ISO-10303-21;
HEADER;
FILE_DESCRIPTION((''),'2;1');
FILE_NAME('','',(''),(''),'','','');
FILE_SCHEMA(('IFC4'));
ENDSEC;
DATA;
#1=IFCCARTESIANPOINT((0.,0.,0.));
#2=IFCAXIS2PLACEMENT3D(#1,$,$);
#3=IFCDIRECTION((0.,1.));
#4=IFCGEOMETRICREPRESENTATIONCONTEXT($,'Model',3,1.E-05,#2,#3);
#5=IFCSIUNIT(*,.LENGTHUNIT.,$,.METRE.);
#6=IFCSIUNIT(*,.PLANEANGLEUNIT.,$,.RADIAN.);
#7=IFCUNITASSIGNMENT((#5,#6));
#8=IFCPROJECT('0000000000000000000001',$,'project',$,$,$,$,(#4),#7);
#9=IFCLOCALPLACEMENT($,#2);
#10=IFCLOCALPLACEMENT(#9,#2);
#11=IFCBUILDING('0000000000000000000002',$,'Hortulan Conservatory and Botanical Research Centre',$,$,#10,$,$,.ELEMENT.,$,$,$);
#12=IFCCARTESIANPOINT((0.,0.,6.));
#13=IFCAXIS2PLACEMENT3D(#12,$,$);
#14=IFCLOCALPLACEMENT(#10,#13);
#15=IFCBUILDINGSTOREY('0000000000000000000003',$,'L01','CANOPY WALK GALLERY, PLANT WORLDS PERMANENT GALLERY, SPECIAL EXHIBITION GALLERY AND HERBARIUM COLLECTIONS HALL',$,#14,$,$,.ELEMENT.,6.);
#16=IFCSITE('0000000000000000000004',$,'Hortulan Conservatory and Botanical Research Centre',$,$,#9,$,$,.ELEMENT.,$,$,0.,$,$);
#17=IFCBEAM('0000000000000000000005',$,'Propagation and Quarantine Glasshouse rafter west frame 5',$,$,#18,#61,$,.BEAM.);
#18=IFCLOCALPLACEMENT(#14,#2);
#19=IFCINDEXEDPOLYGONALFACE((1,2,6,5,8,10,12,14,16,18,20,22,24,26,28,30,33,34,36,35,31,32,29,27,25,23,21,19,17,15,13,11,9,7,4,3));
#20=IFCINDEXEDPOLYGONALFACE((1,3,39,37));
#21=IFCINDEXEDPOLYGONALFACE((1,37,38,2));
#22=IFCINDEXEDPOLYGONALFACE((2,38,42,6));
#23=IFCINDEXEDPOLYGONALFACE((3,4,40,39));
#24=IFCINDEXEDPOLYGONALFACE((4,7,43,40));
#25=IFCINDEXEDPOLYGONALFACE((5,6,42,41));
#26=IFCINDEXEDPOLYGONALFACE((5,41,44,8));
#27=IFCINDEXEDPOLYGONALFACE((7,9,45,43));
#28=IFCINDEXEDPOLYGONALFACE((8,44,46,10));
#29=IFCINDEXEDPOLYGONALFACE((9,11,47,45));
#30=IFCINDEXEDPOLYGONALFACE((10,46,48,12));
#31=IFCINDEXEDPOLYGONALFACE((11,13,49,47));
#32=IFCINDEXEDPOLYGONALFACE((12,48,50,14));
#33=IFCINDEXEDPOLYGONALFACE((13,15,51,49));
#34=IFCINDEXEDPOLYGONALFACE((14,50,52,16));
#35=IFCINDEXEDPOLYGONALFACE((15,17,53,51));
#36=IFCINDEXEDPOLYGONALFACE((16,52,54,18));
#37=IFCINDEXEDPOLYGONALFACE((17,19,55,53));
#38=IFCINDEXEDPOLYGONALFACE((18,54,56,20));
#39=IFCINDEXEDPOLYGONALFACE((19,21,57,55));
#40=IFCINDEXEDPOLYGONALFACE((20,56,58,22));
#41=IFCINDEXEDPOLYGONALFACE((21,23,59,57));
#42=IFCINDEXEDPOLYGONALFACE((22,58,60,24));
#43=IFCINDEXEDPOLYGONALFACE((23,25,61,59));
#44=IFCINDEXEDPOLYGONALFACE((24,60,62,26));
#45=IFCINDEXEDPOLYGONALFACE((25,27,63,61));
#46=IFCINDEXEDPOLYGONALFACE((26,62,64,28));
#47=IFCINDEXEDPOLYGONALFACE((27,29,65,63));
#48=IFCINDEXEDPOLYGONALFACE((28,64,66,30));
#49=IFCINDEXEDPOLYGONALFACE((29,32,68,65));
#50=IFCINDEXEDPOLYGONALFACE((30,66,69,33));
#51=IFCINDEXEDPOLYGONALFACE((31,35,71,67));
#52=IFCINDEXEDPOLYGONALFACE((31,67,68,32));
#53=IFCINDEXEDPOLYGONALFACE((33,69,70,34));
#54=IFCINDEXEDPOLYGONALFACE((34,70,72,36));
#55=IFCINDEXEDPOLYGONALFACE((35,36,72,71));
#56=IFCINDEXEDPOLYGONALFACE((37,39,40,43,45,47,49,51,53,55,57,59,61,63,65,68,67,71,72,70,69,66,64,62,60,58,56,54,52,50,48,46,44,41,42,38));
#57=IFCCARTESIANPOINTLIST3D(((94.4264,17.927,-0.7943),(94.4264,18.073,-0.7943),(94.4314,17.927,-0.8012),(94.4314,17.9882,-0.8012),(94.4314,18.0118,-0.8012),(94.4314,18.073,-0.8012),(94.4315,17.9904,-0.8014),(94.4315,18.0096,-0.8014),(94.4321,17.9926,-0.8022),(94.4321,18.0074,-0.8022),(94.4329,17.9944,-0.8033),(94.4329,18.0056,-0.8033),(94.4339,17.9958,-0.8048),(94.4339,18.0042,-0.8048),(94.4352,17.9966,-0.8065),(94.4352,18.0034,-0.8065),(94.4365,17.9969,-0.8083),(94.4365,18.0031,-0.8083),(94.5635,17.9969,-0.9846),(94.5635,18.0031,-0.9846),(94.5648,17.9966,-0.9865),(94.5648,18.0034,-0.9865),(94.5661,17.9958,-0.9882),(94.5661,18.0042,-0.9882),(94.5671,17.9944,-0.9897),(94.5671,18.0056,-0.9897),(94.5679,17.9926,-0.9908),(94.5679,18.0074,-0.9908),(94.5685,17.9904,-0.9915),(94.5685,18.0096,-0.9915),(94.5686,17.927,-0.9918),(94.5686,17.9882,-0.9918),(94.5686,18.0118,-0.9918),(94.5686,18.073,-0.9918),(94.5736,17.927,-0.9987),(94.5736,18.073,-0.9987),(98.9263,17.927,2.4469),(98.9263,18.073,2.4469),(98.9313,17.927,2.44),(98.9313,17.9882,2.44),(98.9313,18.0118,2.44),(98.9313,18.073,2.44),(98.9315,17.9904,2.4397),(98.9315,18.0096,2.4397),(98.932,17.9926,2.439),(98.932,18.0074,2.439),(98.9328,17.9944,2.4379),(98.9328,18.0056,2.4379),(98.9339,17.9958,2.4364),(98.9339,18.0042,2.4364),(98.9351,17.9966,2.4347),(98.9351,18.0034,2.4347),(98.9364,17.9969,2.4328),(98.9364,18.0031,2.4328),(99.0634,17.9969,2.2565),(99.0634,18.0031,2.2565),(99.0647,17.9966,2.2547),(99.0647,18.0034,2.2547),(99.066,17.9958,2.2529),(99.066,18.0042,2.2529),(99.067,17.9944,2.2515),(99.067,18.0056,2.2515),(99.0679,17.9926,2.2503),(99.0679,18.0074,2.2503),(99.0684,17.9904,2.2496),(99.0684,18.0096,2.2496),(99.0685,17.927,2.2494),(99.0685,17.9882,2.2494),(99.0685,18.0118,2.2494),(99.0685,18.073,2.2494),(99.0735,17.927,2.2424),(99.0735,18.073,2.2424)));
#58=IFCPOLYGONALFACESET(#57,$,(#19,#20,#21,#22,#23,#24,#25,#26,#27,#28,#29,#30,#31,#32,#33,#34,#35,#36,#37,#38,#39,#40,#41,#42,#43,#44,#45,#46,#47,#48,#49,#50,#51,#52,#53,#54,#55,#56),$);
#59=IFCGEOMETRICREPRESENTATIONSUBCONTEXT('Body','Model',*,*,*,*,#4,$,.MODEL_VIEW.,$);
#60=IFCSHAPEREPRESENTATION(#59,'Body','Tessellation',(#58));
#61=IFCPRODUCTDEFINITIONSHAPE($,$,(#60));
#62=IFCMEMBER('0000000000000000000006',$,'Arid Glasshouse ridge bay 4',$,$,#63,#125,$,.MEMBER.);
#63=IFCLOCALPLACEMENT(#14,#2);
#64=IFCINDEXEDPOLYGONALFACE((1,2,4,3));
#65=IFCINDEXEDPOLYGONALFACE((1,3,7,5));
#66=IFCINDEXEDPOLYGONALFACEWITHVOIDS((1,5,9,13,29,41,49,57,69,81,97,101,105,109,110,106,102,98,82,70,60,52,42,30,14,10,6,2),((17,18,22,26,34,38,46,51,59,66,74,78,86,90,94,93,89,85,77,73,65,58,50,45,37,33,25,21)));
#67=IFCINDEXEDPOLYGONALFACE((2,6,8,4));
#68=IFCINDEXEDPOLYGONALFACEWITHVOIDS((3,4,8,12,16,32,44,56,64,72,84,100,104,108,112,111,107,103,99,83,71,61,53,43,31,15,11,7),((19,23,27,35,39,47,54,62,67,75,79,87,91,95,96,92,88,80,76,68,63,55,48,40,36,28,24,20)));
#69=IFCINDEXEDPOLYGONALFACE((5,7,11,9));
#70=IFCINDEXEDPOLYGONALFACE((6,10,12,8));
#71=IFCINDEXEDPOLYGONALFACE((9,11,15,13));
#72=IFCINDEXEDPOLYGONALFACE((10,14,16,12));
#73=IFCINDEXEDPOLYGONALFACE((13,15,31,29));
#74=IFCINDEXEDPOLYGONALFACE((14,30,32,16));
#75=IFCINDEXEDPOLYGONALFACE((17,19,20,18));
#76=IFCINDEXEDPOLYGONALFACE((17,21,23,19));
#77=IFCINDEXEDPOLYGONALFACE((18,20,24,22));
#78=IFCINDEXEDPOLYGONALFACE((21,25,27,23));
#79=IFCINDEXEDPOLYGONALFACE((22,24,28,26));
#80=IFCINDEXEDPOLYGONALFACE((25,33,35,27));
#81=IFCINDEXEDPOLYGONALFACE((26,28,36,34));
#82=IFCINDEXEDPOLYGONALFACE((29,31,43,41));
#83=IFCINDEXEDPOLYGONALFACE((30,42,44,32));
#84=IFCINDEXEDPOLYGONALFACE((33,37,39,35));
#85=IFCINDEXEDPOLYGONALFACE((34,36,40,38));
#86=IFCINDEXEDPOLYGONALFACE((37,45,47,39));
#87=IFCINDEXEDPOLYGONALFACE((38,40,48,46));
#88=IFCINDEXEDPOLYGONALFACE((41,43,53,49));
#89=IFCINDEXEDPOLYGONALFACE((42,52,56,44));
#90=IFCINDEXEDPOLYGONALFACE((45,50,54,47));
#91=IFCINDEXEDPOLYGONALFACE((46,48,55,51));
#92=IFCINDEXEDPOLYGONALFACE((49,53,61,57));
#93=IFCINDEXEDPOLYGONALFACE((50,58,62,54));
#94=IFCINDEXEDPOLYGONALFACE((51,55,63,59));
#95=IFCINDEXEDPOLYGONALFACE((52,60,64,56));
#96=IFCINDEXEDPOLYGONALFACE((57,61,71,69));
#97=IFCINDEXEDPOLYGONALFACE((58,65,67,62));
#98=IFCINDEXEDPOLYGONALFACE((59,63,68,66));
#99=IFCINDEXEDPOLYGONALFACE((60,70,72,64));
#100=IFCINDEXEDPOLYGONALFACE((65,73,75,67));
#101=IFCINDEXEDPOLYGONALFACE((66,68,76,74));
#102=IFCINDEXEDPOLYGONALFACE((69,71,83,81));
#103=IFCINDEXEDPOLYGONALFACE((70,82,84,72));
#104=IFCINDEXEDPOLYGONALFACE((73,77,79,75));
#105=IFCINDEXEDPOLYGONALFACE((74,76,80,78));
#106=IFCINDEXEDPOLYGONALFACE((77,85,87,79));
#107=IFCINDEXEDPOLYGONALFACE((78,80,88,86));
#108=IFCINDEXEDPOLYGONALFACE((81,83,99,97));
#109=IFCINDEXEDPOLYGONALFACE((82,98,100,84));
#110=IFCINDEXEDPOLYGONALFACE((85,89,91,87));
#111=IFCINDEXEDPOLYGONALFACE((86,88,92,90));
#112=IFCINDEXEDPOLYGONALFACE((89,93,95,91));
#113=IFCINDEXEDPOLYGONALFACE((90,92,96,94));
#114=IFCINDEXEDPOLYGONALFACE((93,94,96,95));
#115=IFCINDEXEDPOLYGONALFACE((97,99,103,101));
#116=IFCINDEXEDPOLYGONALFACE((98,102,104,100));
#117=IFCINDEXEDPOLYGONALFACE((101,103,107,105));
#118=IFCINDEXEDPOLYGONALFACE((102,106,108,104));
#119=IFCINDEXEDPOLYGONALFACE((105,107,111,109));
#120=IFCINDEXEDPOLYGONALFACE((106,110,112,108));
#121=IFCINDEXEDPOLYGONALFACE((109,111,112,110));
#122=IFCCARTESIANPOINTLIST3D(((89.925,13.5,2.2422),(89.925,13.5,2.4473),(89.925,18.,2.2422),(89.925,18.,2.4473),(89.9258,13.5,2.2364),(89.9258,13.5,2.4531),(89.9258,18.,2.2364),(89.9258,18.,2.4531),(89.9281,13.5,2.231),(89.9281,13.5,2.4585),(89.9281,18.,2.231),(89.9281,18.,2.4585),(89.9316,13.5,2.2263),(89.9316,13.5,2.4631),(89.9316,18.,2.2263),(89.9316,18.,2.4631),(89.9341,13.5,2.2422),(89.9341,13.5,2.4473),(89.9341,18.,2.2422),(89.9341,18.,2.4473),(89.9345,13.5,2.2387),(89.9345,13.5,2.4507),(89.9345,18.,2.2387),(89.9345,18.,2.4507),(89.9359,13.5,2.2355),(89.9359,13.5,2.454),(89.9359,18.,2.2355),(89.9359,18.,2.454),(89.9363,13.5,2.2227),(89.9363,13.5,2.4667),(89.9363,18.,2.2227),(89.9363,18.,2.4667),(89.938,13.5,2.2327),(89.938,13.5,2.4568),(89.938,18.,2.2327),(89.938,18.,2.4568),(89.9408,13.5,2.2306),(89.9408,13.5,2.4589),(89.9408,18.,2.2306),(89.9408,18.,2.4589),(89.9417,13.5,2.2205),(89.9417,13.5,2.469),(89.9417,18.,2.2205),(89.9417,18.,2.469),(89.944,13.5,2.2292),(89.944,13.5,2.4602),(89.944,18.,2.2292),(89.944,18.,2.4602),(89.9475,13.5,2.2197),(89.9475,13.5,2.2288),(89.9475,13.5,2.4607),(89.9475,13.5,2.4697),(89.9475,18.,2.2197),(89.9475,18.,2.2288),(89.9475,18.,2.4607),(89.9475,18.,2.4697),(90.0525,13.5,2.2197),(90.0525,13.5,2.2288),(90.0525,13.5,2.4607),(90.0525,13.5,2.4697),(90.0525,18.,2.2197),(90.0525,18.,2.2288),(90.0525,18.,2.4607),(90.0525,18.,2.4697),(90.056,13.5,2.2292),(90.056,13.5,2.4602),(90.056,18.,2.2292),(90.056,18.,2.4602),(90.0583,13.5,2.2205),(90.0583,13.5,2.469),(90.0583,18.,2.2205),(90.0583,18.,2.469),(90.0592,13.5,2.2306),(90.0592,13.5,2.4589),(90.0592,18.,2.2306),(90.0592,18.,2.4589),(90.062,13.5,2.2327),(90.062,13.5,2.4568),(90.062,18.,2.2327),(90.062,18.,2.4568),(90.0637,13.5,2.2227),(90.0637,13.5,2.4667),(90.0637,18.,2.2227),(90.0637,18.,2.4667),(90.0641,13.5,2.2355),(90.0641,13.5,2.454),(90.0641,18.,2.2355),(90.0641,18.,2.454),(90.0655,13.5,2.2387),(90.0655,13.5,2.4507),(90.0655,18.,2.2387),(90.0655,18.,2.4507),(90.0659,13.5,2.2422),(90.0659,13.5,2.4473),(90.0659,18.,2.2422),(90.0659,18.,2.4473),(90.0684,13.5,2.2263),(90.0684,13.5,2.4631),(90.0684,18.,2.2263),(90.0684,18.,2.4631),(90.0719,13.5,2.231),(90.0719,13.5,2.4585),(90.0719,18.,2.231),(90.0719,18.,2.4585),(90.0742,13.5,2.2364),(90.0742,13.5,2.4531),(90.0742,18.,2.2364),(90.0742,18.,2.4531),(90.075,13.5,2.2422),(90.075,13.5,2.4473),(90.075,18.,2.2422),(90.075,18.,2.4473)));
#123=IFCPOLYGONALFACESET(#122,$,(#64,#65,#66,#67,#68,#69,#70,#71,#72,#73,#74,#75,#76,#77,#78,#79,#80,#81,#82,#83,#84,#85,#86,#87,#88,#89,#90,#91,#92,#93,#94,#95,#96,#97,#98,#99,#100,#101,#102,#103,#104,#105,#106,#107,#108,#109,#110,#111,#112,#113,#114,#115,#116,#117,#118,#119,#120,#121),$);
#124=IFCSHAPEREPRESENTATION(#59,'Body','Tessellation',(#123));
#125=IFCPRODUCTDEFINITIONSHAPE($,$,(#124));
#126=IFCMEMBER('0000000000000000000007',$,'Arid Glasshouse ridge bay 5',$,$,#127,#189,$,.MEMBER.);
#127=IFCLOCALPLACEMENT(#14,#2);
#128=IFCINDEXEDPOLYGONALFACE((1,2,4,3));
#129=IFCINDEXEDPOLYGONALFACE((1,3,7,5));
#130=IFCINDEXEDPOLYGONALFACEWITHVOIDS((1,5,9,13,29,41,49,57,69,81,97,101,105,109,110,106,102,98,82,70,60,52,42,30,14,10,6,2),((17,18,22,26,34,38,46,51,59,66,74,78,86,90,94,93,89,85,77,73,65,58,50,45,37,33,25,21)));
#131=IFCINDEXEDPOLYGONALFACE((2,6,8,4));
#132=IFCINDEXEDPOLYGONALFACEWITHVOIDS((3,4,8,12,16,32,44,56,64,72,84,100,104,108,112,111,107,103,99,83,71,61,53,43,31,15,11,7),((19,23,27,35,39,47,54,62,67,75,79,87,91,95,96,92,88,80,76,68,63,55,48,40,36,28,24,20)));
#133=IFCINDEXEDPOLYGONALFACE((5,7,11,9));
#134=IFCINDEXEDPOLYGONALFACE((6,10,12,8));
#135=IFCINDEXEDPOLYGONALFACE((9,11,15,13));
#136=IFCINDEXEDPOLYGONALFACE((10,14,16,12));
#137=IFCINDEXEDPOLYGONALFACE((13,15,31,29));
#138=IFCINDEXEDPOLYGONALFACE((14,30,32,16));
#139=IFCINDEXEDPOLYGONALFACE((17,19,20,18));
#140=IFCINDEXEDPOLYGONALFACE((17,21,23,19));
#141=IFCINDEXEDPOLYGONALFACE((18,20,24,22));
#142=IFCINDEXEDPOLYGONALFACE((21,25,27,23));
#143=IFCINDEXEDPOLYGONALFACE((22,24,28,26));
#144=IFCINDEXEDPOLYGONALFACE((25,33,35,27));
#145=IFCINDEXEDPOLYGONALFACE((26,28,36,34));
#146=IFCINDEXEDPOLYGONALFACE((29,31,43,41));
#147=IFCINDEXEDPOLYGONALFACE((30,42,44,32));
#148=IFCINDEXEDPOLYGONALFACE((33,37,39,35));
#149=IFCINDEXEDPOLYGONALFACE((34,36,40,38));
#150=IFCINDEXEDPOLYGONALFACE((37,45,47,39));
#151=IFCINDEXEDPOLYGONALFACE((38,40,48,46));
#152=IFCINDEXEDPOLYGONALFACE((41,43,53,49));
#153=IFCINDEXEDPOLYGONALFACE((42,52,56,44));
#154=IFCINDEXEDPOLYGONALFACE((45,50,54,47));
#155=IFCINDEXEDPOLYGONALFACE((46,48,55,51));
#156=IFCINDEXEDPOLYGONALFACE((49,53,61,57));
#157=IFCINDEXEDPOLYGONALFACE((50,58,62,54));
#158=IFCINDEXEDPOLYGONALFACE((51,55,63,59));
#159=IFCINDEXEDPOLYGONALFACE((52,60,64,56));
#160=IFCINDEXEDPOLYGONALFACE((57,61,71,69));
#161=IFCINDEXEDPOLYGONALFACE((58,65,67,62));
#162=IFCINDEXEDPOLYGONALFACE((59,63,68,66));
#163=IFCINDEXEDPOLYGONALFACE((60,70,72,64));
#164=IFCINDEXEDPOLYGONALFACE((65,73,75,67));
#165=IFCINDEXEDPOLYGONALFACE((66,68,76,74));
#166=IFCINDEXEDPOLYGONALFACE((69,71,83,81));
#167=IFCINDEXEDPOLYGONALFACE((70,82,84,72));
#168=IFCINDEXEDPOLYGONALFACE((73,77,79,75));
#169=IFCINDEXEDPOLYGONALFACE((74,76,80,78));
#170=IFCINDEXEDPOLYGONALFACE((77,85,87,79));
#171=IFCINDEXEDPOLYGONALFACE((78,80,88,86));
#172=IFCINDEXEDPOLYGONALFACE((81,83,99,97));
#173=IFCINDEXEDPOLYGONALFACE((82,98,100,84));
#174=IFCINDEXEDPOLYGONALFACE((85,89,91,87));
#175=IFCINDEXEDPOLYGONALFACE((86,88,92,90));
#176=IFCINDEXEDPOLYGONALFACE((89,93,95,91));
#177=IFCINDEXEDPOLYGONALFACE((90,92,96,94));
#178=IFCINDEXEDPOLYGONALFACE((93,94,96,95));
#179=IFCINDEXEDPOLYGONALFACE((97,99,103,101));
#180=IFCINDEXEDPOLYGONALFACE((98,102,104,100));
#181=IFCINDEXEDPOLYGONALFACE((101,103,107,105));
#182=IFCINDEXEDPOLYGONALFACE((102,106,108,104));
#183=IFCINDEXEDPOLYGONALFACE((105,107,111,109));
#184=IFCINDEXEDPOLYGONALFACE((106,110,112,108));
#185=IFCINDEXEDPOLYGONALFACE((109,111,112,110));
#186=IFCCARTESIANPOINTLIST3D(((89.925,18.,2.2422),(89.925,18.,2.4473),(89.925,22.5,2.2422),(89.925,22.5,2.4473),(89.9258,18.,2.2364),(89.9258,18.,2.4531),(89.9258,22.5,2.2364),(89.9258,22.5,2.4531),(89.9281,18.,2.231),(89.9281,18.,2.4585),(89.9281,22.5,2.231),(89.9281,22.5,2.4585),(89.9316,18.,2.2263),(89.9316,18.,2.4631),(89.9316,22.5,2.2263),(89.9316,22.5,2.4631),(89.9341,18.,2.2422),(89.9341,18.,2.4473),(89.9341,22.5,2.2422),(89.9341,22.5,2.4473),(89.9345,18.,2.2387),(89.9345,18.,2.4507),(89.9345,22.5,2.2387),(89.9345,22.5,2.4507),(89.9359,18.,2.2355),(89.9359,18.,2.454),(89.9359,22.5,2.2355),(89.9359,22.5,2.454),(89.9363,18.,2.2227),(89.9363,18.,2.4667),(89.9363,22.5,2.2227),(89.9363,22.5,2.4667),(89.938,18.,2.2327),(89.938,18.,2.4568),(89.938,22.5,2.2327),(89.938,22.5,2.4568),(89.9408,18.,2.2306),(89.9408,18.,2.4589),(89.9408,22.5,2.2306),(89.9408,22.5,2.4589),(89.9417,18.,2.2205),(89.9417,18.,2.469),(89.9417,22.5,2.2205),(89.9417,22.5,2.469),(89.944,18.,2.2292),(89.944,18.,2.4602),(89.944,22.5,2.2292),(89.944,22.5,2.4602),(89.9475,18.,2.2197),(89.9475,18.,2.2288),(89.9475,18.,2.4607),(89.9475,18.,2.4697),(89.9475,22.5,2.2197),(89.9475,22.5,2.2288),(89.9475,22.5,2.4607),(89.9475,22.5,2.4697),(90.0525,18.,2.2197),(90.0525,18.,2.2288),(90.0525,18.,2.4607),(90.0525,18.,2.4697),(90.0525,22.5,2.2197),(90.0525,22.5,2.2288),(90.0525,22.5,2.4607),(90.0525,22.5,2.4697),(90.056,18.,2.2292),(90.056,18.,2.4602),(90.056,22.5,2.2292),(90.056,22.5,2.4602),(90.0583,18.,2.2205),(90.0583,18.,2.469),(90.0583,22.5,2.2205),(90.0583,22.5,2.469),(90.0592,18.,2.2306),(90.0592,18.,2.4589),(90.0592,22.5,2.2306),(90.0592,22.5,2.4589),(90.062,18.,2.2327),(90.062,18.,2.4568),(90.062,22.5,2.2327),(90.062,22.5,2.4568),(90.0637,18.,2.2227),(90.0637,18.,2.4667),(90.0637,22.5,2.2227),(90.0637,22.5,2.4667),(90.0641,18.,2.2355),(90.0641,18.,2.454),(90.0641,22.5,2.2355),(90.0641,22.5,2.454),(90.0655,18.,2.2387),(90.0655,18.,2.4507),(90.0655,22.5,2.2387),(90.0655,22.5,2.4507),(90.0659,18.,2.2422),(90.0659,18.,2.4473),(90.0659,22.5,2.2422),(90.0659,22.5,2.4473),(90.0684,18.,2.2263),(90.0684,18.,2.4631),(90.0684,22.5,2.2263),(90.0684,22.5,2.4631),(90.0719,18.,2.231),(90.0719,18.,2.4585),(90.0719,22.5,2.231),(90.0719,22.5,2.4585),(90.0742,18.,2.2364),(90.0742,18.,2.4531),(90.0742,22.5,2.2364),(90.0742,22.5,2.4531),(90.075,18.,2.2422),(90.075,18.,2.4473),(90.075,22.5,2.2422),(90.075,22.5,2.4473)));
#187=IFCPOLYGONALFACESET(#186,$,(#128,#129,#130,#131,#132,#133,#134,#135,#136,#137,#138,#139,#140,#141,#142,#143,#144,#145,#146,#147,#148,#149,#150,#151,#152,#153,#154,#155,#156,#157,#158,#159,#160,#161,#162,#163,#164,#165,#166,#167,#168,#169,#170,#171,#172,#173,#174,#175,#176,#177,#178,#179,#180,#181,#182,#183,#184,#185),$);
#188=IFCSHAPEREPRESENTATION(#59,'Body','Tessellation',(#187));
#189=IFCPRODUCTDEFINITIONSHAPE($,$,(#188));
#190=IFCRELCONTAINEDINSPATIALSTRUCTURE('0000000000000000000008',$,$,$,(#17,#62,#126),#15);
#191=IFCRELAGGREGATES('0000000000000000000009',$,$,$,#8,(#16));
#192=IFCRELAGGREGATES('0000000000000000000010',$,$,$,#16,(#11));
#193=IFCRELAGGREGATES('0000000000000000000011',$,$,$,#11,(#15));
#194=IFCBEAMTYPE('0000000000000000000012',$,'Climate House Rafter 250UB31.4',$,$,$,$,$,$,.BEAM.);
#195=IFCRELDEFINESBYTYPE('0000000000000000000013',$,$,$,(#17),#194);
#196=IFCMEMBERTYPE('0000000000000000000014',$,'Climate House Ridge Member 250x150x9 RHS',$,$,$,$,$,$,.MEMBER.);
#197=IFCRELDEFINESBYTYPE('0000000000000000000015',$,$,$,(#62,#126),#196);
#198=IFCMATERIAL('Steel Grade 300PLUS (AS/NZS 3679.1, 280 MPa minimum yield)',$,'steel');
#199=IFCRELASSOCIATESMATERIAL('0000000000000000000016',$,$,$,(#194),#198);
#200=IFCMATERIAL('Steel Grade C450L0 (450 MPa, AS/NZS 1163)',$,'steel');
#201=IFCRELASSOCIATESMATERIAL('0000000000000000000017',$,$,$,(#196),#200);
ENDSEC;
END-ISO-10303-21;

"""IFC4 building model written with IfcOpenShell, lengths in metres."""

from ifc_helpers import new_model, si_unit, direction, frame, origin, origin_2d, place, context, subcontext, project, spatial, hollow_rectangle, i_section, extrude, material, material_profile, profile_set, type_object, element, save


model = new_model("IFC4")

# Units and contexts
model_context = context("Model", 3, precision=1e-05, world=origin(), true_north=direction((0.0, 1.0)))
body_context = subcontext(model_context, "Body", "Model", "MODEL_VIEW")
ifc_project = project(units=[si_unit("LENGTHUNIT", "METRE"), si_unit("PLANEANGLEUNIT", "RADIAN")], contexts=[model_context])

# Site, building, storey
site_placement = place(None, origin())
site = spatial("IfcSite", under=ifc_project, at=site_placement, Name="Hortulan Conservatory and Botanical Research Centre", CompositionType="ELEMENT", RefElevation=0.0)
building_placement = place(site_placement, origin())
building = spatial("IfcBuilding", under=site, at=building_placement, Name="Hortulan Conservatory and Botanical Research Centre", CompositionType="ELEMENT")
storey_placement = place(building_placement, frame((0.0, 0.0, 6.0)))
storey = spatial("IfcBuildingStorey", under=building, at=storey_placement, Name="L01", Description="CANOPY WALK GALLERY, PLANT WORLDS PERMANENT GALLERY, SPECIAL EXHIBITION GALLERY AND HERBARIUM COLLECTIONS HALL", CompositionType="ELEMENT", Elevation=6.0)

# Shared definitions
ifc_material_1 = material(Name="Steel Grade C450L0 (450 MPa, AS/NZS 1163)", Category="steel")

# Beam
ifc_material_2 = material(Name="Steel Grade 300PLUS (AS/NZS 3679.1, 280 MPa minimum yield)", Category="steel")
ifc_material_profile_1 = material_profile(ifc_material_2, i_section(OverallWidth=0.146, OverallDepth=0.252, WebThickness=0.0061, FlangeThickness=0.0085, FilletRadius=0.0088, at=origin_2d()), Name="250UB31.4")
ifc_profile_set_1 = profile_set([ifc_material_profile_1], Name="Steel Grade 300PLUS (AS/NZS 3679.1, 280 MPa minimum yield)")
beam_type = type_object("IfcBeamType", Name="Climate House Rafter 250UB31.4", PredefinedType="BEAM", material=ifc_profile_set_1)
for number, where, z_axis, x_axis, name in (
    (1, (94.5, 18.0, -0.8965), (0.811431, 0.0, 0.584449), (0.0, 1.0, 0.0), "Propagation and Quarantine Glasshouse rafter west frame 5"),
):
    element("IfcBeam", number, at=place(storey_placement, frame(where, z_axis=z_axis, x_axis=x_axis)), inside=storey, type_object=beam_type, Name=name, PredefinedType="BEAM", context=body_context, shape_type="SweptSolid", body=[
        extrude(i_section(OverallWidth=0.146, OverallDepth=0.252, WebThickness=0.0061, FlangeThickness=0.0085, FilletRadius=0.0088, at=origin_2d()), origin(), (0.0, 0.0, 1.0), 5.5457),
    ])

# Members
ifc_material_profile_2 = material_profile(ifc_material_1, hollow_rectangle(XDim=0.1499, YDim=0.25, WallThickness=0.009, InnerFilletRadius=0.0134, OuterFilletRadius=0.0225, at=origin_2d()), Name="250x150x9RHS")
ifc_profile_set_2 = profile_set([ifc_material_profile_2], Name="Steel Grade C450L0 (450 MPa, AS/NZS 1163)")
member_type_1 = type_object("IfcMemberType", Name="Climate House Ridge Member 250x150x9 RHS", PredefinedType="MEMBER", material=ifc_profile_set_2)
for number, where, z_axis, x_axis, name in (
    (2, (90.0, 13.5, 2.3447), (0.0, 1.0, 0.0), (-1.0, 0.0, 0.0), "Arid Glasshouse ridge bay 4"),
    (3, (90.0, 18.0, 2.3447), (0.0, 1.0, 0.0), (-1.0, 0.0, 0.0), "Arid Glasshouse ridge bay 5"),
):
    element("IfcMember", number, at=place(storey_placement, frame(where, z_axis=z_axis, x_axis=x_axis)), inside=storey, type_object=member_type_1, Name=name, PredefinedType="MEMBER", context=body_context, shape_type="SweptSolid", body=[
        extrude(hollow_rectangle(XDim=0.1499, YDim=0.25, WallThickness=0.009, InnerFilletRadius=0.0134, OuterFilletRadius=0.0225, at=origin_2d()), origin(), (0.0, 0.0, 1.0), 4.5),
    ])

save(model, "model.ifc")
